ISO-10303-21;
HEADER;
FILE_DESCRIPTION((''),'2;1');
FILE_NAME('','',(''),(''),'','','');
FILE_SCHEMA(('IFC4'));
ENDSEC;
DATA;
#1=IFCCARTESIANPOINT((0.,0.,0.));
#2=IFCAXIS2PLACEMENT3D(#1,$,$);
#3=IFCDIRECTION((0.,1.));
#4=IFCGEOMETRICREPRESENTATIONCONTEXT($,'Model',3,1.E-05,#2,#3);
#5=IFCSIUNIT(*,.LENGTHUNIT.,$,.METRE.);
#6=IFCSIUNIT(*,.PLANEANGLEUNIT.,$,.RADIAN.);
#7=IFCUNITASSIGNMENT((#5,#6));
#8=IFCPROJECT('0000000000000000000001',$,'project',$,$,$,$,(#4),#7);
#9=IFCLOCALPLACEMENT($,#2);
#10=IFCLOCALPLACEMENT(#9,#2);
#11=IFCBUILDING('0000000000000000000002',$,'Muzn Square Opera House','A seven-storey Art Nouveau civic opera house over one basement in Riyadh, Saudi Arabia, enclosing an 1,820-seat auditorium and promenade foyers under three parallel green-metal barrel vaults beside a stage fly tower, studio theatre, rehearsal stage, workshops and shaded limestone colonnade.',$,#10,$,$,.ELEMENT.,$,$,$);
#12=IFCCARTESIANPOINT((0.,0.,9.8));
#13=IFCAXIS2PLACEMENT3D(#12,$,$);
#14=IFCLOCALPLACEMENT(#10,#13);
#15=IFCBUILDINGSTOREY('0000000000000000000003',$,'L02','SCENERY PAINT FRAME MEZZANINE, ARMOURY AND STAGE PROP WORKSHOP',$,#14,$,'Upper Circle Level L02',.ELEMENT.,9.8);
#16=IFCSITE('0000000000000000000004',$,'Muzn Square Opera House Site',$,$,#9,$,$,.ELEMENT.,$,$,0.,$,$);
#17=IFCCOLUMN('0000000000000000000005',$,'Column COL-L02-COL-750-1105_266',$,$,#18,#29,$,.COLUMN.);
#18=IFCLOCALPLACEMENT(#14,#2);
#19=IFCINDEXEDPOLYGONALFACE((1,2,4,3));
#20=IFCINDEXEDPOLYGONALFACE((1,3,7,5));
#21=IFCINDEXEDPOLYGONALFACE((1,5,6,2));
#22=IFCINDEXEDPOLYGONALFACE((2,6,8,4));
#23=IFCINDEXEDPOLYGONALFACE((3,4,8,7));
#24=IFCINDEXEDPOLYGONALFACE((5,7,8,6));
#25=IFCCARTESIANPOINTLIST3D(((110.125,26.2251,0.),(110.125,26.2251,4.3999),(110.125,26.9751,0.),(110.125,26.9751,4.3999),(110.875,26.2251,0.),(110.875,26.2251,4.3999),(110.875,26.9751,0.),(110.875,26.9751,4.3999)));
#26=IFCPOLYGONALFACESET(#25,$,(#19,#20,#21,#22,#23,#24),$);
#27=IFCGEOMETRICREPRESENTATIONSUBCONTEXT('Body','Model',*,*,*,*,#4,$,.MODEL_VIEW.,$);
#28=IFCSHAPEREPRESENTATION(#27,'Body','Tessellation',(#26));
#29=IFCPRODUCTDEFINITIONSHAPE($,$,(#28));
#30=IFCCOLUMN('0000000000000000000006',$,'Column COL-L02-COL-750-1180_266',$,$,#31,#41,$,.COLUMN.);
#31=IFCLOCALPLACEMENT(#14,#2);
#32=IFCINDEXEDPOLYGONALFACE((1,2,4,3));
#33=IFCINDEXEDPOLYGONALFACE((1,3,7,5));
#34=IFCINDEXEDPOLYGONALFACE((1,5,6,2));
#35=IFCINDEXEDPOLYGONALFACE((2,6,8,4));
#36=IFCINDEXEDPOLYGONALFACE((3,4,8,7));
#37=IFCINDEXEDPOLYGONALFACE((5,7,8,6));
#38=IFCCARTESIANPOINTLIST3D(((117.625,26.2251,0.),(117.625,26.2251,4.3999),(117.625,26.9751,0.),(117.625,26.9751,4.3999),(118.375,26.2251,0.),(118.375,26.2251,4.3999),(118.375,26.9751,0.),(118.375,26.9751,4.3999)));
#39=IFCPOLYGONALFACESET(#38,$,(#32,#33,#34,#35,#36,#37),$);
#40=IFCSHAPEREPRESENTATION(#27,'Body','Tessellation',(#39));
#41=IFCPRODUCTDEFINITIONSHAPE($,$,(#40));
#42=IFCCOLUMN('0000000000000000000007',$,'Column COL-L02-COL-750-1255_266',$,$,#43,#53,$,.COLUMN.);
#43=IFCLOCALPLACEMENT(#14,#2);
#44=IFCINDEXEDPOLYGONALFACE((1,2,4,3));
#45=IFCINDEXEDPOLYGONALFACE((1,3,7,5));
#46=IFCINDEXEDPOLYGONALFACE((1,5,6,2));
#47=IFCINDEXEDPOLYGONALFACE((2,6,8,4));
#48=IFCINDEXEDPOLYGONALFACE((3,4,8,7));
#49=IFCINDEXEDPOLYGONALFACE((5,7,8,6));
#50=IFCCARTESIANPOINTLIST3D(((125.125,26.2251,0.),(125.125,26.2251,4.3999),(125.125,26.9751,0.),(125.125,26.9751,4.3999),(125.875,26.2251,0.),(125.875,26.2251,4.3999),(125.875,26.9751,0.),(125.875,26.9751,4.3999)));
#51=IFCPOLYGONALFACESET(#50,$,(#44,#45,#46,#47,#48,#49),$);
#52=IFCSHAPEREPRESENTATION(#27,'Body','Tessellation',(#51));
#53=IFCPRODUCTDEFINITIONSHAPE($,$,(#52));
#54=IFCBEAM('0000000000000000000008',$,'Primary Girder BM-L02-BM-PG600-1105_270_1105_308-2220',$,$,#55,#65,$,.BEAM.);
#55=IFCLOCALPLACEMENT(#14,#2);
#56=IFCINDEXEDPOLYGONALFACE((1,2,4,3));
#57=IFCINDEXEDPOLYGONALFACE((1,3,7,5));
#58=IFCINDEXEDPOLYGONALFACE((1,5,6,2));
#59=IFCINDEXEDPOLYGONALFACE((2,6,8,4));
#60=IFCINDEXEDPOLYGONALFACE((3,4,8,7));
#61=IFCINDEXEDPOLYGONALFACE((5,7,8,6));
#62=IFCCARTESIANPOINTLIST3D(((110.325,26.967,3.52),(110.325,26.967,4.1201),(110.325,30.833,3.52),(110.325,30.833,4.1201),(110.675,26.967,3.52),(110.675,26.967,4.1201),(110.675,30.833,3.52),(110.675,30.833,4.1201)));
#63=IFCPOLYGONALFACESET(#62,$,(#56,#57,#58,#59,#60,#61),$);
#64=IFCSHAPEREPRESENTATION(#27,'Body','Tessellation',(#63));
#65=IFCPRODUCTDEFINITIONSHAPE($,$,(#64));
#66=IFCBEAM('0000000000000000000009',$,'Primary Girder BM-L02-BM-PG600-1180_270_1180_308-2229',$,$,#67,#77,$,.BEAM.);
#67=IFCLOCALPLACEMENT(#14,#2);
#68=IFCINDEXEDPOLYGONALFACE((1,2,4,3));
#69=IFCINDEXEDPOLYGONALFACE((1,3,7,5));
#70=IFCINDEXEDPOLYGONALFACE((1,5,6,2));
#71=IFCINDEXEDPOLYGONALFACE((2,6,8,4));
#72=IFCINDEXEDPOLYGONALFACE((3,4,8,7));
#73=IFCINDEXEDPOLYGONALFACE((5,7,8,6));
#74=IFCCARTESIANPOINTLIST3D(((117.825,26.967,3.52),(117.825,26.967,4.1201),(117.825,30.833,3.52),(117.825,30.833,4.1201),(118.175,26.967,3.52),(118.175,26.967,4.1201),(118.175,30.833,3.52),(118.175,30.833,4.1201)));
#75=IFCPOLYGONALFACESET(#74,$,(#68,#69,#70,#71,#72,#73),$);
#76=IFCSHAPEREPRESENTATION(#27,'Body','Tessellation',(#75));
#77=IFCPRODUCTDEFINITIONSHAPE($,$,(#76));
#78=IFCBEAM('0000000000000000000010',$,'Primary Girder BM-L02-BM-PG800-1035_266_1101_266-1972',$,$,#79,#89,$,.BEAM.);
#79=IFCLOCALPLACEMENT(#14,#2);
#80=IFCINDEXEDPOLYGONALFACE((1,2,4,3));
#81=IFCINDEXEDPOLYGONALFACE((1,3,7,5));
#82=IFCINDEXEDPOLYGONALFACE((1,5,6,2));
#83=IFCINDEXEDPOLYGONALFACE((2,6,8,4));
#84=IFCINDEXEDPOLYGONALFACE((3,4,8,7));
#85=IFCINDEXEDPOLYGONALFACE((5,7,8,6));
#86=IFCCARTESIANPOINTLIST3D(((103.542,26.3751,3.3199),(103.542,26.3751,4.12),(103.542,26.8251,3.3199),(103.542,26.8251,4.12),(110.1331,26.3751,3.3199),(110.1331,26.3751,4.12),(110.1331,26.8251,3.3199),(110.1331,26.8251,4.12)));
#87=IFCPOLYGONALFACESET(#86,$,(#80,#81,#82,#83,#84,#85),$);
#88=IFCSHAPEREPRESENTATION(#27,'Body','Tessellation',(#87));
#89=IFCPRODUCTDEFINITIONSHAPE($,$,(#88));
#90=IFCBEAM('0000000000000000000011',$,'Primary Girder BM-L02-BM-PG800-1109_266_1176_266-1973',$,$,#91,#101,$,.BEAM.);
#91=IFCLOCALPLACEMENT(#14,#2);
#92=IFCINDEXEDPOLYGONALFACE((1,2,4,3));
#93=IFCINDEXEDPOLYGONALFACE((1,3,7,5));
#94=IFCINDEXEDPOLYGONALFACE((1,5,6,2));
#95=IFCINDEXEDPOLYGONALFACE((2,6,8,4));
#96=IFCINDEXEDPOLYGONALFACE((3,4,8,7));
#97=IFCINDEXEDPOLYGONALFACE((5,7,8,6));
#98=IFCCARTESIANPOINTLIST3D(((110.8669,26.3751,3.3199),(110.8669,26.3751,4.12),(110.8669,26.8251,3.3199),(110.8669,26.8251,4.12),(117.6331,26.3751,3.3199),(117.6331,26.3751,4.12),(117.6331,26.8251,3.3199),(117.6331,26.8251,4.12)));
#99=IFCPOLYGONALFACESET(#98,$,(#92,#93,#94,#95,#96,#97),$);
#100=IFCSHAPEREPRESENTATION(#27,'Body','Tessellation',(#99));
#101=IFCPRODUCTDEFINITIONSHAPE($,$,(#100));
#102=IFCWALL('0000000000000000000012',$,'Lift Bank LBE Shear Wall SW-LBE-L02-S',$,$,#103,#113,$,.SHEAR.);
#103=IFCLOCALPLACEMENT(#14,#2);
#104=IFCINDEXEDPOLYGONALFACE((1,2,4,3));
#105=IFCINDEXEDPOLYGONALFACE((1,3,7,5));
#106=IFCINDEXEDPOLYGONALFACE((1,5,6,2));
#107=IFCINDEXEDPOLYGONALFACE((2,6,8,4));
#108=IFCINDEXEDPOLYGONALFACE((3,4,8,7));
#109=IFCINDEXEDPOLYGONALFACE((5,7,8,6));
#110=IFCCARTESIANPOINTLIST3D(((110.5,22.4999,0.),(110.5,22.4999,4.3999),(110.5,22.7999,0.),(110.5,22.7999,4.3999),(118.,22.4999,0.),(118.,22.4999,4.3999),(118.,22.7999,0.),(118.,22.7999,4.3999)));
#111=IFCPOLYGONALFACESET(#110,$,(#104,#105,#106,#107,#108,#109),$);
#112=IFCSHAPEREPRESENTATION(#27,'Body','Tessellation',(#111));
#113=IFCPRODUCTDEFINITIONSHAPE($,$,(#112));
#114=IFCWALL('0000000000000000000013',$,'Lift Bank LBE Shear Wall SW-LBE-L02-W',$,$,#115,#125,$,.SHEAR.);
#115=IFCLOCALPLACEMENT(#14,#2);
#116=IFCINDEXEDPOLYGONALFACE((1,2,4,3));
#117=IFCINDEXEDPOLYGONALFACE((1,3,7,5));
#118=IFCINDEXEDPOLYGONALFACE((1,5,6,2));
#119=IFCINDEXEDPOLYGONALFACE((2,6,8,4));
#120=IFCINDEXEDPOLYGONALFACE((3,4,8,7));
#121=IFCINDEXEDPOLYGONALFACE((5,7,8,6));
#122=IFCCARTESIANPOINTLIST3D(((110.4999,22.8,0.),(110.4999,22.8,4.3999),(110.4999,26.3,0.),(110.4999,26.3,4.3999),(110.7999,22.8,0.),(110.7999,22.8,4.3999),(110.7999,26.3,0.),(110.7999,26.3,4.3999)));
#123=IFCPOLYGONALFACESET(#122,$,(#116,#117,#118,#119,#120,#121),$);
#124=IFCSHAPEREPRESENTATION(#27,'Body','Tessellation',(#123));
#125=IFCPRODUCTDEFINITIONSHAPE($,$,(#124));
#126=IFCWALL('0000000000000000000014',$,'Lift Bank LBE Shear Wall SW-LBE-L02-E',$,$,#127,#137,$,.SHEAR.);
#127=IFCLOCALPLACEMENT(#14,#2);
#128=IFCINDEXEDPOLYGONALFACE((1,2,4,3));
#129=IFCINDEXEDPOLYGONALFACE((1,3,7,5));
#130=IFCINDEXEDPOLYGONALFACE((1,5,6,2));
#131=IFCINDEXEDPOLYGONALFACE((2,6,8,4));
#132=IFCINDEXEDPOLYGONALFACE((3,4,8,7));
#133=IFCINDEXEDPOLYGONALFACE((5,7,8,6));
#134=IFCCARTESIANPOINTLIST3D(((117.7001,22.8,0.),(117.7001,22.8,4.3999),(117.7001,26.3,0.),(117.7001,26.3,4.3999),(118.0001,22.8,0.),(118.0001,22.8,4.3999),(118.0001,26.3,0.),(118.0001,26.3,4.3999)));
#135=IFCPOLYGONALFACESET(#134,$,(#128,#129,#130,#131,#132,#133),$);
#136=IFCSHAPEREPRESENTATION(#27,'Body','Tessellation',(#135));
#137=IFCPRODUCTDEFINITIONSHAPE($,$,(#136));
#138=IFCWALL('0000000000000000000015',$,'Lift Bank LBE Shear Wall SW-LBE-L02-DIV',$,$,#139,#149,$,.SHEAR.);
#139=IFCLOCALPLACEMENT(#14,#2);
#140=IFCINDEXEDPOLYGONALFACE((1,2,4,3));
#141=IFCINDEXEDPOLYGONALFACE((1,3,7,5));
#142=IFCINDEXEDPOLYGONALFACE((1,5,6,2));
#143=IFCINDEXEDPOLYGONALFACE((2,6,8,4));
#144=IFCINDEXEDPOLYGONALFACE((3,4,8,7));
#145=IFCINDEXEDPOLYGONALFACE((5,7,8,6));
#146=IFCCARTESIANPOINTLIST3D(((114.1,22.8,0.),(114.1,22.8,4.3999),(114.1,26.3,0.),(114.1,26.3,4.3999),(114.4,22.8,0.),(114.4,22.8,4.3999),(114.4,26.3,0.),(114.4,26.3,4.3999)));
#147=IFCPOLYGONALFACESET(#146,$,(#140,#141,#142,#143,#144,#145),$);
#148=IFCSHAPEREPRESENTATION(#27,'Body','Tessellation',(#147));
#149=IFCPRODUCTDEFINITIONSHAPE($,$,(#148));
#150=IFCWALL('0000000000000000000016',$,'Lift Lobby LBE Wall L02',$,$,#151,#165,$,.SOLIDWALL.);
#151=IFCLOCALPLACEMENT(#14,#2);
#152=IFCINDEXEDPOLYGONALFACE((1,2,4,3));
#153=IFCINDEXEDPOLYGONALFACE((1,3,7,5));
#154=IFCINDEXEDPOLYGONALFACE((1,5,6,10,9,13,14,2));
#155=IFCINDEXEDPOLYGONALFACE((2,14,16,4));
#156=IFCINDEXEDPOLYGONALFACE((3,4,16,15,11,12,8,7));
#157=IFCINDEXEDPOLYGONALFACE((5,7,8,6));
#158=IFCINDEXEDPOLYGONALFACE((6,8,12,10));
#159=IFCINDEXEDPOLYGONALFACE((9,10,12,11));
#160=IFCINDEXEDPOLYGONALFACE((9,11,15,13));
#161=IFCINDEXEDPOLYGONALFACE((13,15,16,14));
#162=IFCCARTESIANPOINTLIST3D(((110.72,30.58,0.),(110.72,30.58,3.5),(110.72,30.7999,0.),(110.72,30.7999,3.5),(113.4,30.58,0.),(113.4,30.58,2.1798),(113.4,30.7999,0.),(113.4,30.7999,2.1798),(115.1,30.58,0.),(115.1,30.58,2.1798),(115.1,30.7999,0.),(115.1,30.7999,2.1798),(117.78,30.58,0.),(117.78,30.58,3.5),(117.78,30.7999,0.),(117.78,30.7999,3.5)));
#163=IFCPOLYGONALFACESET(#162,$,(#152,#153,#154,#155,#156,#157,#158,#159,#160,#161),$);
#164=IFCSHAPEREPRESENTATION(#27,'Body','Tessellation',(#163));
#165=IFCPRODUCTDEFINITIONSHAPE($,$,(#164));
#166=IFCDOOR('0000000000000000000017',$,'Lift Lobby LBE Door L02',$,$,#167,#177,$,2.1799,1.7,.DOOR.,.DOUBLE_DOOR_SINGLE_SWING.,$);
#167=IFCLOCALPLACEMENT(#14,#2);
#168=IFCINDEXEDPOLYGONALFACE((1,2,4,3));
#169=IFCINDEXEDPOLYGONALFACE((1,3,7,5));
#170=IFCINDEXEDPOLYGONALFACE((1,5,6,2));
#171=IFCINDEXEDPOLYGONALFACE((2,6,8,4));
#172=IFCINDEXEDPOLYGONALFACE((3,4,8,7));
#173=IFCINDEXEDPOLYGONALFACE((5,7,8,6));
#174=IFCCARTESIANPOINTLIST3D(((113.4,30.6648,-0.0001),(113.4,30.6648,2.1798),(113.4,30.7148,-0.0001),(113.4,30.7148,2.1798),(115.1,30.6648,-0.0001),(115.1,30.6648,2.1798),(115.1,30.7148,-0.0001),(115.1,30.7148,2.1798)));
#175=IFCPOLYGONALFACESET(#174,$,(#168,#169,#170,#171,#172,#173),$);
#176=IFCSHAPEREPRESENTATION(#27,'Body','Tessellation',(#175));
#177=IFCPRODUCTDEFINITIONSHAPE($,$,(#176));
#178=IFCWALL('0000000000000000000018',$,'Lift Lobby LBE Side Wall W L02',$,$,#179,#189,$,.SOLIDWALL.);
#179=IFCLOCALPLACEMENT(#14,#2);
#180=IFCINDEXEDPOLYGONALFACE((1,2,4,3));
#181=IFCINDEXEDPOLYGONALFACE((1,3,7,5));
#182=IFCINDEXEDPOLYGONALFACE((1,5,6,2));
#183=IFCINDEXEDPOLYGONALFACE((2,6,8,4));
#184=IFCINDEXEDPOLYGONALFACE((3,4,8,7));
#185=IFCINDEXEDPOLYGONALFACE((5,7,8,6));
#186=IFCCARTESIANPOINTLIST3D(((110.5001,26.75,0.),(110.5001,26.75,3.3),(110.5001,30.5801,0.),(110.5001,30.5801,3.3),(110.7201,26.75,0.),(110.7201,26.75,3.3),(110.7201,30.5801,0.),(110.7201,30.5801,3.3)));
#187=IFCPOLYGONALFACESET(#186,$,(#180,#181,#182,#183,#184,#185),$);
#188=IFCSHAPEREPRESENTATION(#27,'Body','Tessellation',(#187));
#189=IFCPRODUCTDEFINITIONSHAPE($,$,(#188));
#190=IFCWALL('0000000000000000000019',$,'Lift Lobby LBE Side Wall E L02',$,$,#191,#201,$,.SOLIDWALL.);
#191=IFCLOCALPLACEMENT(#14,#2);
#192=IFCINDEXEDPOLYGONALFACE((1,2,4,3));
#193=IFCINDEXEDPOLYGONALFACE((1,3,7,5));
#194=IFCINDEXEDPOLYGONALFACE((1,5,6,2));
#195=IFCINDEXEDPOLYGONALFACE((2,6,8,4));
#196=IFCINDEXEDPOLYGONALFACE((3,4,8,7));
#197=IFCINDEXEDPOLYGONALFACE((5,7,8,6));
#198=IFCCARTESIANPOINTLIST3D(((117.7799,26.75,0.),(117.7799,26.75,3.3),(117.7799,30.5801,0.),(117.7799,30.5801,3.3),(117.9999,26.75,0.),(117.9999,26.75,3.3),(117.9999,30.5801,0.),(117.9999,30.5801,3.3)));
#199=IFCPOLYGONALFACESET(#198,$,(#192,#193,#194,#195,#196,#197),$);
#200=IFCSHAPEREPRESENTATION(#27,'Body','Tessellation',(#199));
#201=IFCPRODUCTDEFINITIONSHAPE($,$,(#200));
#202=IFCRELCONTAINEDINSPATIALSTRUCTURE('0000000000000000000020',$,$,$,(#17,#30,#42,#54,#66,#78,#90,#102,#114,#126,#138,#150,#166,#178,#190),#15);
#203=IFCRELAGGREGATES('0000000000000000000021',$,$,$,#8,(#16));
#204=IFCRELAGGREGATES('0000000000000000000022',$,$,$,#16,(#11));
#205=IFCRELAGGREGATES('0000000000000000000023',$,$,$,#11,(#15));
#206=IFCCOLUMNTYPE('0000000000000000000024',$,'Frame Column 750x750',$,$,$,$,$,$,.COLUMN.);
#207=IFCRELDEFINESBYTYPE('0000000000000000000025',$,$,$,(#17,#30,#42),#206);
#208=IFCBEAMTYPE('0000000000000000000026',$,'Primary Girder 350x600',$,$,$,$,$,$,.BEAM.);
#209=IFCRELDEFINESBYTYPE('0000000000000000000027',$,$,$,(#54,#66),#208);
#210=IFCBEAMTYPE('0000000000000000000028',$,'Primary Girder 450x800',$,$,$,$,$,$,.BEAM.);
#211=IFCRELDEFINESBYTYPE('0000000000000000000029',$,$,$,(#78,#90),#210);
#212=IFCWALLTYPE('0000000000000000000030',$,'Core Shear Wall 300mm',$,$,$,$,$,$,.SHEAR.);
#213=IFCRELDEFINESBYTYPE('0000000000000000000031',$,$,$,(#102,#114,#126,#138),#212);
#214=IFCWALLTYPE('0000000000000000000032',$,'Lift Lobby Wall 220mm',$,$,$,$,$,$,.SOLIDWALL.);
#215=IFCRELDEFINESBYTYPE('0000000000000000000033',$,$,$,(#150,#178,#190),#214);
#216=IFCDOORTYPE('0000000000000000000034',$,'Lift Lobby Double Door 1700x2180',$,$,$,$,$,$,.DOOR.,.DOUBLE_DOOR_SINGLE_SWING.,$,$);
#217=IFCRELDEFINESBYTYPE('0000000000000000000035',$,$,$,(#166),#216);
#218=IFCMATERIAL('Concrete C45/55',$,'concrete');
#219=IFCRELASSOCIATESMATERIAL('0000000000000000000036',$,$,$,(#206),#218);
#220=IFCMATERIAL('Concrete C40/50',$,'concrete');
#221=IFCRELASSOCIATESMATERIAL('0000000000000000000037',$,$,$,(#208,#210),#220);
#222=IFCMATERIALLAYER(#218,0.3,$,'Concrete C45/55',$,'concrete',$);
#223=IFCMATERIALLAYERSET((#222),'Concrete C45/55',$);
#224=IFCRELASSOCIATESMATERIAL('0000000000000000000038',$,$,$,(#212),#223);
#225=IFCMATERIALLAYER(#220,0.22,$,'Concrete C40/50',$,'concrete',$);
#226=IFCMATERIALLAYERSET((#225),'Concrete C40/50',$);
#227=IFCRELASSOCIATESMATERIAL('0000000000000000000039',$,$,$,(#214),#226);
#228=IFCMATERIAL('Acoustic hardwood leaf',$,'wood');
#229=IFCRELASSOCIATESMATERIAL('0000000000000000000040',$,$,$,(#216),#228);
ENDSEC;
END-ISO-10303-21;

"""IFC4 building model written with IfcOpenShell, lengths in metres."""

from ifc_helpers import new_model, si_unit, direction, frame, frame_2d, origin, origin_2d, place, context, subcontext, project, spatial, rectangle, extrude, material, layer, layer_set, material_profile, profile_set, type_object, element, fill, save


model = new_model("IFC4")

# Units and contexts
model_context = context("Model", 3, precision=1e-05, world=origin(), true_north=direction((0.0, 1.0)))
body_context = subcontext(model_context, "Body", "Model", "MODEL_VIEW")
ifc_project = project(units=[si_unit("LENGTHUNIT", "METRE"), si_unit("PLANEANGLEUNIT", "RADIAN")], contexts=[model_context])

# Site, building, storey
site_placement = place(None, origin())
site = spatial("IfcSite", under=ifc_project, at=site_placement, Name="Muzn Square Opera House Site", CompositionType="ELEMENT", RefElevation=0.0)
building_placement = place(site_placement, origin())
building = spatial("IfcBuilding", under=site, at=building_placement, Name="Muzn Square Opera House", Description="A seven-storey Art Nouveau civic opera house over one basement in Riyadh, Saudi Arabia, enclosing an 1,820-seat auditorium and promenade foyers under three parallel green-metal barrel vaults beside a stage fly tower, studio theatre, rehearsal stage, workshops and shaded limestone colonnade.", CompositionType="ELEMENT")
storey_placement = place(building_placement, frame((0.0, 0.0, 9.8)))
storey = spatial("IfcBuildingStorey", under=building, at=storey_placement, Name="L02", Description="SCENERY PAINT FRAME MEZZANINE, ARMOURY AND STAGE PROP WORKSHOP", LongName="Upper Circle Level L02", CompositionType="ELEMENT", Elevation=9.8)

# Columns
ifc_material_1 = material(Name="Concrete C45/55", Category="concrete")
ifc_material_profile_1 = material_profile(ifc_material_1, rectangle(XDim=0.75, YDim=0.75, at=origin_2d()), Name="RC 750x750", Category="concrete")
ifc_profile_set_1 = profile_set([ifc_material_profile_1], Name="Concrete C45/55")
column_type = type_object("IfcColumnType", Name="Frame Column 750x750", PredefinedType="COLUMN", material=ifc_profile_set_1)
for number, where, z_axis, x_axis, name in (
    (1, (110.5, 26.6001, 0.0), (0.0, 0.0, 1.0), (1.0, 0.0, 0.0), "Column COL-L02-COL-750-1105_266"),
    (2, (118.0, 26.6001, 0.0), (0.0, 0.0, 1.0), (1.0, 0.0, 0.0), "Column COL-L02-COL-750-1180_266"),
    (3, (125.5, 26.6001, 0.0), (0.0, 0.0, 1.0), (1.0, 0.0, 0.0), "Column COL-L02-COL-750-1255_266"),
):
    element("IfcColumn", number, at=place(storey_placement, frame(where, z_axis=z_axis, x_axis=x_axis)), inside=storey, type_object=column_type, Name=name, PredefinedType="COLUMN", context=body_context, shape_type="SweptSolid", body=[
        extrude(rectangle(XDim=0.75, YDim=0.75, at=origin_2d()), origin(), (0.0, 0.0, 1.0), 4.3999),
    ])

# Beams
ifc_material_2 = material(Name="Concrete C40/50", Category="concrete")
ifc_material_profile_2 = material_profile(ifc_material_2, rectangle(XDim=0.3501, YDim=0.6001, at=origin_2d()), Name="RCB 350x600", Category="concrete")
ifc_profile_set_2 = profile_set([ifc_material_profile_2], Name="Concrete C40/50")
beam_type_1 = type_object("IfcBeamType", Name="Primary Girder 350x600", PredefinedType="BEAM", material=ifc_profile_set_2)
for number, where, z_axis, x_axis, name in (
    (4, (110.5, 26.967, 3.8201), (0.0, 1.0, 0.0), (-1.0, 0.0, 0.0), "Primary Girder BM-L02-BM-PG600-1105_270_1105_308-2220"),
    (5, (118.0, 26.967, 3.8201), (0.0, 1.0, 0.0), (-1.0, 0.0, 0.0), "Primary Girder BM-L02-BM-PG600-1180_270_1180_308-2229"),
):
    element("IfcBeam", number, at=place(storey_placement, frame(where, z_axis=z_axis, x_axis=x_axis)), inside=storey, type_object=beam_type_1, Name=name, PredefinedType="BEAM", context=body_context, shape_type="SweptSolid", body=[
        extrude(rectangle(XDim=0.3501, YDim=0.6001, at=origin_2d()), origin(), (0.0, 0.0, 1.0), 3.866),
    ])
ifc_material_profile_3 = material_profile(ifc_material_2, rectangle(XDim=0.45, YDim=0.8, at=origin_2d()), Name="RCB 450x800", Category="concrete")
ifc_profile_set_3 = profile_set([ifc_material_profile_3], Name="Concrete C40/50")
beam_type_2 = type_object("IfcBeamType", Name="Primary Girder 450x800", PredefinedType="BEAM", material=ifc_profile_set_3)
beam_1_placement = place(storey_placement, frame((103.542, 26.6001, 3.72), z_axis=(1.0, 0.0, 0.0), x_axis=(0.0, 1.0, 0.0)))
element("IfcBeam", 6, at=beam_1_placement, inside=storey, type_object=beam_type_2, Name="Primary Girder BM-L02-BM-PG800-1035_266_1101_266-1972", PredefinedType="BEAM", context=body_context, shape_type="SweptSolid", body=[
    extrude(rectangle(XDim=0.45, YDim=0.8, at=origin_2d()), origin(), (0.0, 0.0, 1.0), 6.5911),
])
beam_2_placement = place(storey_placement, frame((110.8669, 26.6001, 3.72), z_axis=(1.0, 0.0, 0.0), x_axis=(0.0, 1.0, 0.0)))
element("IfcBeam", 7, at=beam_2_placement, inside=storey, type_object=beam_type_2, Name="Primary Girder BM-L02-BM-PG800-1109_266_1176_266-1973", PredefinedType="BEAM", context=body_context, shape_type="SweptSolid", body=[
    extrude(rectangle(XDim=0.45, YDim=0.8, at=origin_2d()), origin(), (0.0, 0.0, 1.0), 6.7661),
])

# Walls
ifc_layer_1 = layer(ifc_material_1, 0.3, Name="Concrete C45/55", Category="concrete")
ifc_layer_set_1 = layer_set([ifc_layer_1], Name="Concrete C45/55")
wall_type_1 = type_object("IfcWallType", Name="Core Shear Wall 300mm", PredefinedType="SHEAR", material=ifc_layer_set_1)
wall_1_placement = place(storey_placement, frame((110.5, 22.6499, 0.0), z_axis=(0.0, 0.0, 1.0), x_axis=(1.0, 0.0, 0.0)))
element("IfcWall", 8, at=wall_1_placement, inside=storey, type_object=wall_type_1, Name="Lift Bank LBE Shear Wall SW-LBE-L02-S", PredefinedType="SHEAR", context=body_context, shape_type="SweptSolid", body=[
    extrude(rectangle(XDim=7.5, YDim=0.3, at=frame_2d((3.75, 0.0))), origin(), (0.0, 0.0, 1.0), 4.3999),
])
for number, where, z_axis, x_axis, name in (
    (9, (110.6499, 22.8, 0.0), (0.0, 0.0, 1.0), (0.0, 1.0, 0.0), "Lift Bank LBE Shear Wall SW-LBE-L02-W"),
    (10, (117.8501, 22.8, 0.0), (0.0, 0.0, 1.0), (0.0, 1.0, 0.0), "Lift Bank LBE Shear Wall SW-LBE-L02-E"),
    (11, (114.25, 22.8, 0.0), (0.0, 0.0, 1.0), (0.0, 1.0, 0.0), "Lift Bank LBE Shear Wall SW-LBE-L02-DIV"),
):
    element("IfcWall", number, at=place(storey_placement, frame(where, z_axis=z_axis, x_axis=x_axis)), inside=storey, type_object=wall_type_1, Name=name, PredefinedType="SHEAR", context=body_context, shape_type="SweptSolid", body=[
        extrude(rectangle(XDim=3.5, YDim=0.3, at=frame_2d((1.75, 0.0))), origin(), (0.0, 0.0, 1.0), 4.3999),
    ])

# Wall, opening, door
ifc_layer_2 = layer(ifc_material_2, 0.22, Name="Concrete C40/50", Category="concrete")
ifc_layer_set_2 = layer_set([ifc_layer_2], Name="Concrete C40/50")
wall_type_2 = type_object("IfcWallType", Name="Lift Lobby Wall 220mm", PredefinedType="SOLIDWALL", material=ifc_layer_set_2)
wall_2_placement = place(storey_placement, frame((110.72, 30.6899, 0.0), z_axis=(0.0, 0.0, 1.0), x_axis=(1.0, 0.0, 0.0)))
wall_2 = element("IfcWall", 12, at=wall_2_placement, inside=storey, type_object=wall_type_2, Name="Lift Lobby LBE Wall L02", PredefinedType="SOLIDWALL", context=body_context, shape_type="SweptSolid", body=[
    extrude(rectangle(XDim=7.0601, YDim=0.22, at=frame_2d((3.53, 0.0))), origin(), (0.0, 0.0, 1.0), 3.5),
])
opening_1_placement = place(wall_2_placement, frame((2.6799, 0.0, 0.0)))
opening_1 = element("IfcOpeningElement", 13, at=opening_1_placement, cuts=wall_2, PredefinedType="OPENING", context=body_context, shape_type="SweptSolid", body=[
    extrude(rectangle(XDim=1.7, YDim=2.1799, at=frame_2d((0.8501, 1.0898))), frame((0.0, 0.1199, 0.0), z_axis=(0.0, -1.0, 0.0), x_axis=(1.0, 0.0, 0.0)), (0.0, 0.0, 1.0), 0.24),
])
ifc_material_3 = material(Name="Acoustic hardwood leaf", Category="wood")
door_type_1 = type_object("IfcDoorType", Name="Lift Lobby Double Door 1700x2180", OperationType="DOUBLE_DOOR_SINGLE_SWING", PredefinedType="DOOR", material=ifc_material_3)
door_1_placement = place(opening_1_placement, origin())
door_1 = element("IfcDoor", 14, at=door_1_placement, inside=storey, type_object=door_type_1, Name="Lift Lobby LBE Door L02", OperationType="DOUBLE_DOOR_SINGLE_SWING", OverallHeight=2.1799, OverallWidth=1.7, PredefinedType="DOOR", context=body_context, shape_type="SweptSolid", body=[
    extrude(rectangle(XDim=1.7, YDim=2.1799, at=frame_2d((0.8501, 1.0898))), frame((0.0, 0.0249, 0.0), z_axis=(0.0, -1.0, 0.0), x_axis=(1.0, 0.0, 0.0)), (0.0, 0.0, 1.0), 0.05),
])
fill(opening_1, door_1)

# Walls
for number, where, z_axis, x_axis, name in (
    (15, (110.6101, 26.75, 0.0), (0.0, 0.0, 1.0), (0.0, 1.0, 0.0), "Lift Lobby LBE Side Wall W L02"),
    (16, (117.8899, 26.75, 0.0), (0.0, 0.0, 1.0), (0.0, 1.0, 0.0), "Lift Lobby LBE Side Wall E L02"),
):
    element("IfcWall", number, at=place(storey_placement, frame(where, z_axis=z_axis, x_axis=x_axis)), inside=storey, type_object=wall_type_2, Name=name, PredefinedType="SOLIDWALL", context=body_context, shape_type="SweptSolid", body=[
        extrude(rectangle(XDim=3.8301, YDim=0.22, at=frame_2d((1.915, 0.0))), origin(), (0.0, 0.0, 1.0), 3.3),
    ])

save(model, "model.ifc")
